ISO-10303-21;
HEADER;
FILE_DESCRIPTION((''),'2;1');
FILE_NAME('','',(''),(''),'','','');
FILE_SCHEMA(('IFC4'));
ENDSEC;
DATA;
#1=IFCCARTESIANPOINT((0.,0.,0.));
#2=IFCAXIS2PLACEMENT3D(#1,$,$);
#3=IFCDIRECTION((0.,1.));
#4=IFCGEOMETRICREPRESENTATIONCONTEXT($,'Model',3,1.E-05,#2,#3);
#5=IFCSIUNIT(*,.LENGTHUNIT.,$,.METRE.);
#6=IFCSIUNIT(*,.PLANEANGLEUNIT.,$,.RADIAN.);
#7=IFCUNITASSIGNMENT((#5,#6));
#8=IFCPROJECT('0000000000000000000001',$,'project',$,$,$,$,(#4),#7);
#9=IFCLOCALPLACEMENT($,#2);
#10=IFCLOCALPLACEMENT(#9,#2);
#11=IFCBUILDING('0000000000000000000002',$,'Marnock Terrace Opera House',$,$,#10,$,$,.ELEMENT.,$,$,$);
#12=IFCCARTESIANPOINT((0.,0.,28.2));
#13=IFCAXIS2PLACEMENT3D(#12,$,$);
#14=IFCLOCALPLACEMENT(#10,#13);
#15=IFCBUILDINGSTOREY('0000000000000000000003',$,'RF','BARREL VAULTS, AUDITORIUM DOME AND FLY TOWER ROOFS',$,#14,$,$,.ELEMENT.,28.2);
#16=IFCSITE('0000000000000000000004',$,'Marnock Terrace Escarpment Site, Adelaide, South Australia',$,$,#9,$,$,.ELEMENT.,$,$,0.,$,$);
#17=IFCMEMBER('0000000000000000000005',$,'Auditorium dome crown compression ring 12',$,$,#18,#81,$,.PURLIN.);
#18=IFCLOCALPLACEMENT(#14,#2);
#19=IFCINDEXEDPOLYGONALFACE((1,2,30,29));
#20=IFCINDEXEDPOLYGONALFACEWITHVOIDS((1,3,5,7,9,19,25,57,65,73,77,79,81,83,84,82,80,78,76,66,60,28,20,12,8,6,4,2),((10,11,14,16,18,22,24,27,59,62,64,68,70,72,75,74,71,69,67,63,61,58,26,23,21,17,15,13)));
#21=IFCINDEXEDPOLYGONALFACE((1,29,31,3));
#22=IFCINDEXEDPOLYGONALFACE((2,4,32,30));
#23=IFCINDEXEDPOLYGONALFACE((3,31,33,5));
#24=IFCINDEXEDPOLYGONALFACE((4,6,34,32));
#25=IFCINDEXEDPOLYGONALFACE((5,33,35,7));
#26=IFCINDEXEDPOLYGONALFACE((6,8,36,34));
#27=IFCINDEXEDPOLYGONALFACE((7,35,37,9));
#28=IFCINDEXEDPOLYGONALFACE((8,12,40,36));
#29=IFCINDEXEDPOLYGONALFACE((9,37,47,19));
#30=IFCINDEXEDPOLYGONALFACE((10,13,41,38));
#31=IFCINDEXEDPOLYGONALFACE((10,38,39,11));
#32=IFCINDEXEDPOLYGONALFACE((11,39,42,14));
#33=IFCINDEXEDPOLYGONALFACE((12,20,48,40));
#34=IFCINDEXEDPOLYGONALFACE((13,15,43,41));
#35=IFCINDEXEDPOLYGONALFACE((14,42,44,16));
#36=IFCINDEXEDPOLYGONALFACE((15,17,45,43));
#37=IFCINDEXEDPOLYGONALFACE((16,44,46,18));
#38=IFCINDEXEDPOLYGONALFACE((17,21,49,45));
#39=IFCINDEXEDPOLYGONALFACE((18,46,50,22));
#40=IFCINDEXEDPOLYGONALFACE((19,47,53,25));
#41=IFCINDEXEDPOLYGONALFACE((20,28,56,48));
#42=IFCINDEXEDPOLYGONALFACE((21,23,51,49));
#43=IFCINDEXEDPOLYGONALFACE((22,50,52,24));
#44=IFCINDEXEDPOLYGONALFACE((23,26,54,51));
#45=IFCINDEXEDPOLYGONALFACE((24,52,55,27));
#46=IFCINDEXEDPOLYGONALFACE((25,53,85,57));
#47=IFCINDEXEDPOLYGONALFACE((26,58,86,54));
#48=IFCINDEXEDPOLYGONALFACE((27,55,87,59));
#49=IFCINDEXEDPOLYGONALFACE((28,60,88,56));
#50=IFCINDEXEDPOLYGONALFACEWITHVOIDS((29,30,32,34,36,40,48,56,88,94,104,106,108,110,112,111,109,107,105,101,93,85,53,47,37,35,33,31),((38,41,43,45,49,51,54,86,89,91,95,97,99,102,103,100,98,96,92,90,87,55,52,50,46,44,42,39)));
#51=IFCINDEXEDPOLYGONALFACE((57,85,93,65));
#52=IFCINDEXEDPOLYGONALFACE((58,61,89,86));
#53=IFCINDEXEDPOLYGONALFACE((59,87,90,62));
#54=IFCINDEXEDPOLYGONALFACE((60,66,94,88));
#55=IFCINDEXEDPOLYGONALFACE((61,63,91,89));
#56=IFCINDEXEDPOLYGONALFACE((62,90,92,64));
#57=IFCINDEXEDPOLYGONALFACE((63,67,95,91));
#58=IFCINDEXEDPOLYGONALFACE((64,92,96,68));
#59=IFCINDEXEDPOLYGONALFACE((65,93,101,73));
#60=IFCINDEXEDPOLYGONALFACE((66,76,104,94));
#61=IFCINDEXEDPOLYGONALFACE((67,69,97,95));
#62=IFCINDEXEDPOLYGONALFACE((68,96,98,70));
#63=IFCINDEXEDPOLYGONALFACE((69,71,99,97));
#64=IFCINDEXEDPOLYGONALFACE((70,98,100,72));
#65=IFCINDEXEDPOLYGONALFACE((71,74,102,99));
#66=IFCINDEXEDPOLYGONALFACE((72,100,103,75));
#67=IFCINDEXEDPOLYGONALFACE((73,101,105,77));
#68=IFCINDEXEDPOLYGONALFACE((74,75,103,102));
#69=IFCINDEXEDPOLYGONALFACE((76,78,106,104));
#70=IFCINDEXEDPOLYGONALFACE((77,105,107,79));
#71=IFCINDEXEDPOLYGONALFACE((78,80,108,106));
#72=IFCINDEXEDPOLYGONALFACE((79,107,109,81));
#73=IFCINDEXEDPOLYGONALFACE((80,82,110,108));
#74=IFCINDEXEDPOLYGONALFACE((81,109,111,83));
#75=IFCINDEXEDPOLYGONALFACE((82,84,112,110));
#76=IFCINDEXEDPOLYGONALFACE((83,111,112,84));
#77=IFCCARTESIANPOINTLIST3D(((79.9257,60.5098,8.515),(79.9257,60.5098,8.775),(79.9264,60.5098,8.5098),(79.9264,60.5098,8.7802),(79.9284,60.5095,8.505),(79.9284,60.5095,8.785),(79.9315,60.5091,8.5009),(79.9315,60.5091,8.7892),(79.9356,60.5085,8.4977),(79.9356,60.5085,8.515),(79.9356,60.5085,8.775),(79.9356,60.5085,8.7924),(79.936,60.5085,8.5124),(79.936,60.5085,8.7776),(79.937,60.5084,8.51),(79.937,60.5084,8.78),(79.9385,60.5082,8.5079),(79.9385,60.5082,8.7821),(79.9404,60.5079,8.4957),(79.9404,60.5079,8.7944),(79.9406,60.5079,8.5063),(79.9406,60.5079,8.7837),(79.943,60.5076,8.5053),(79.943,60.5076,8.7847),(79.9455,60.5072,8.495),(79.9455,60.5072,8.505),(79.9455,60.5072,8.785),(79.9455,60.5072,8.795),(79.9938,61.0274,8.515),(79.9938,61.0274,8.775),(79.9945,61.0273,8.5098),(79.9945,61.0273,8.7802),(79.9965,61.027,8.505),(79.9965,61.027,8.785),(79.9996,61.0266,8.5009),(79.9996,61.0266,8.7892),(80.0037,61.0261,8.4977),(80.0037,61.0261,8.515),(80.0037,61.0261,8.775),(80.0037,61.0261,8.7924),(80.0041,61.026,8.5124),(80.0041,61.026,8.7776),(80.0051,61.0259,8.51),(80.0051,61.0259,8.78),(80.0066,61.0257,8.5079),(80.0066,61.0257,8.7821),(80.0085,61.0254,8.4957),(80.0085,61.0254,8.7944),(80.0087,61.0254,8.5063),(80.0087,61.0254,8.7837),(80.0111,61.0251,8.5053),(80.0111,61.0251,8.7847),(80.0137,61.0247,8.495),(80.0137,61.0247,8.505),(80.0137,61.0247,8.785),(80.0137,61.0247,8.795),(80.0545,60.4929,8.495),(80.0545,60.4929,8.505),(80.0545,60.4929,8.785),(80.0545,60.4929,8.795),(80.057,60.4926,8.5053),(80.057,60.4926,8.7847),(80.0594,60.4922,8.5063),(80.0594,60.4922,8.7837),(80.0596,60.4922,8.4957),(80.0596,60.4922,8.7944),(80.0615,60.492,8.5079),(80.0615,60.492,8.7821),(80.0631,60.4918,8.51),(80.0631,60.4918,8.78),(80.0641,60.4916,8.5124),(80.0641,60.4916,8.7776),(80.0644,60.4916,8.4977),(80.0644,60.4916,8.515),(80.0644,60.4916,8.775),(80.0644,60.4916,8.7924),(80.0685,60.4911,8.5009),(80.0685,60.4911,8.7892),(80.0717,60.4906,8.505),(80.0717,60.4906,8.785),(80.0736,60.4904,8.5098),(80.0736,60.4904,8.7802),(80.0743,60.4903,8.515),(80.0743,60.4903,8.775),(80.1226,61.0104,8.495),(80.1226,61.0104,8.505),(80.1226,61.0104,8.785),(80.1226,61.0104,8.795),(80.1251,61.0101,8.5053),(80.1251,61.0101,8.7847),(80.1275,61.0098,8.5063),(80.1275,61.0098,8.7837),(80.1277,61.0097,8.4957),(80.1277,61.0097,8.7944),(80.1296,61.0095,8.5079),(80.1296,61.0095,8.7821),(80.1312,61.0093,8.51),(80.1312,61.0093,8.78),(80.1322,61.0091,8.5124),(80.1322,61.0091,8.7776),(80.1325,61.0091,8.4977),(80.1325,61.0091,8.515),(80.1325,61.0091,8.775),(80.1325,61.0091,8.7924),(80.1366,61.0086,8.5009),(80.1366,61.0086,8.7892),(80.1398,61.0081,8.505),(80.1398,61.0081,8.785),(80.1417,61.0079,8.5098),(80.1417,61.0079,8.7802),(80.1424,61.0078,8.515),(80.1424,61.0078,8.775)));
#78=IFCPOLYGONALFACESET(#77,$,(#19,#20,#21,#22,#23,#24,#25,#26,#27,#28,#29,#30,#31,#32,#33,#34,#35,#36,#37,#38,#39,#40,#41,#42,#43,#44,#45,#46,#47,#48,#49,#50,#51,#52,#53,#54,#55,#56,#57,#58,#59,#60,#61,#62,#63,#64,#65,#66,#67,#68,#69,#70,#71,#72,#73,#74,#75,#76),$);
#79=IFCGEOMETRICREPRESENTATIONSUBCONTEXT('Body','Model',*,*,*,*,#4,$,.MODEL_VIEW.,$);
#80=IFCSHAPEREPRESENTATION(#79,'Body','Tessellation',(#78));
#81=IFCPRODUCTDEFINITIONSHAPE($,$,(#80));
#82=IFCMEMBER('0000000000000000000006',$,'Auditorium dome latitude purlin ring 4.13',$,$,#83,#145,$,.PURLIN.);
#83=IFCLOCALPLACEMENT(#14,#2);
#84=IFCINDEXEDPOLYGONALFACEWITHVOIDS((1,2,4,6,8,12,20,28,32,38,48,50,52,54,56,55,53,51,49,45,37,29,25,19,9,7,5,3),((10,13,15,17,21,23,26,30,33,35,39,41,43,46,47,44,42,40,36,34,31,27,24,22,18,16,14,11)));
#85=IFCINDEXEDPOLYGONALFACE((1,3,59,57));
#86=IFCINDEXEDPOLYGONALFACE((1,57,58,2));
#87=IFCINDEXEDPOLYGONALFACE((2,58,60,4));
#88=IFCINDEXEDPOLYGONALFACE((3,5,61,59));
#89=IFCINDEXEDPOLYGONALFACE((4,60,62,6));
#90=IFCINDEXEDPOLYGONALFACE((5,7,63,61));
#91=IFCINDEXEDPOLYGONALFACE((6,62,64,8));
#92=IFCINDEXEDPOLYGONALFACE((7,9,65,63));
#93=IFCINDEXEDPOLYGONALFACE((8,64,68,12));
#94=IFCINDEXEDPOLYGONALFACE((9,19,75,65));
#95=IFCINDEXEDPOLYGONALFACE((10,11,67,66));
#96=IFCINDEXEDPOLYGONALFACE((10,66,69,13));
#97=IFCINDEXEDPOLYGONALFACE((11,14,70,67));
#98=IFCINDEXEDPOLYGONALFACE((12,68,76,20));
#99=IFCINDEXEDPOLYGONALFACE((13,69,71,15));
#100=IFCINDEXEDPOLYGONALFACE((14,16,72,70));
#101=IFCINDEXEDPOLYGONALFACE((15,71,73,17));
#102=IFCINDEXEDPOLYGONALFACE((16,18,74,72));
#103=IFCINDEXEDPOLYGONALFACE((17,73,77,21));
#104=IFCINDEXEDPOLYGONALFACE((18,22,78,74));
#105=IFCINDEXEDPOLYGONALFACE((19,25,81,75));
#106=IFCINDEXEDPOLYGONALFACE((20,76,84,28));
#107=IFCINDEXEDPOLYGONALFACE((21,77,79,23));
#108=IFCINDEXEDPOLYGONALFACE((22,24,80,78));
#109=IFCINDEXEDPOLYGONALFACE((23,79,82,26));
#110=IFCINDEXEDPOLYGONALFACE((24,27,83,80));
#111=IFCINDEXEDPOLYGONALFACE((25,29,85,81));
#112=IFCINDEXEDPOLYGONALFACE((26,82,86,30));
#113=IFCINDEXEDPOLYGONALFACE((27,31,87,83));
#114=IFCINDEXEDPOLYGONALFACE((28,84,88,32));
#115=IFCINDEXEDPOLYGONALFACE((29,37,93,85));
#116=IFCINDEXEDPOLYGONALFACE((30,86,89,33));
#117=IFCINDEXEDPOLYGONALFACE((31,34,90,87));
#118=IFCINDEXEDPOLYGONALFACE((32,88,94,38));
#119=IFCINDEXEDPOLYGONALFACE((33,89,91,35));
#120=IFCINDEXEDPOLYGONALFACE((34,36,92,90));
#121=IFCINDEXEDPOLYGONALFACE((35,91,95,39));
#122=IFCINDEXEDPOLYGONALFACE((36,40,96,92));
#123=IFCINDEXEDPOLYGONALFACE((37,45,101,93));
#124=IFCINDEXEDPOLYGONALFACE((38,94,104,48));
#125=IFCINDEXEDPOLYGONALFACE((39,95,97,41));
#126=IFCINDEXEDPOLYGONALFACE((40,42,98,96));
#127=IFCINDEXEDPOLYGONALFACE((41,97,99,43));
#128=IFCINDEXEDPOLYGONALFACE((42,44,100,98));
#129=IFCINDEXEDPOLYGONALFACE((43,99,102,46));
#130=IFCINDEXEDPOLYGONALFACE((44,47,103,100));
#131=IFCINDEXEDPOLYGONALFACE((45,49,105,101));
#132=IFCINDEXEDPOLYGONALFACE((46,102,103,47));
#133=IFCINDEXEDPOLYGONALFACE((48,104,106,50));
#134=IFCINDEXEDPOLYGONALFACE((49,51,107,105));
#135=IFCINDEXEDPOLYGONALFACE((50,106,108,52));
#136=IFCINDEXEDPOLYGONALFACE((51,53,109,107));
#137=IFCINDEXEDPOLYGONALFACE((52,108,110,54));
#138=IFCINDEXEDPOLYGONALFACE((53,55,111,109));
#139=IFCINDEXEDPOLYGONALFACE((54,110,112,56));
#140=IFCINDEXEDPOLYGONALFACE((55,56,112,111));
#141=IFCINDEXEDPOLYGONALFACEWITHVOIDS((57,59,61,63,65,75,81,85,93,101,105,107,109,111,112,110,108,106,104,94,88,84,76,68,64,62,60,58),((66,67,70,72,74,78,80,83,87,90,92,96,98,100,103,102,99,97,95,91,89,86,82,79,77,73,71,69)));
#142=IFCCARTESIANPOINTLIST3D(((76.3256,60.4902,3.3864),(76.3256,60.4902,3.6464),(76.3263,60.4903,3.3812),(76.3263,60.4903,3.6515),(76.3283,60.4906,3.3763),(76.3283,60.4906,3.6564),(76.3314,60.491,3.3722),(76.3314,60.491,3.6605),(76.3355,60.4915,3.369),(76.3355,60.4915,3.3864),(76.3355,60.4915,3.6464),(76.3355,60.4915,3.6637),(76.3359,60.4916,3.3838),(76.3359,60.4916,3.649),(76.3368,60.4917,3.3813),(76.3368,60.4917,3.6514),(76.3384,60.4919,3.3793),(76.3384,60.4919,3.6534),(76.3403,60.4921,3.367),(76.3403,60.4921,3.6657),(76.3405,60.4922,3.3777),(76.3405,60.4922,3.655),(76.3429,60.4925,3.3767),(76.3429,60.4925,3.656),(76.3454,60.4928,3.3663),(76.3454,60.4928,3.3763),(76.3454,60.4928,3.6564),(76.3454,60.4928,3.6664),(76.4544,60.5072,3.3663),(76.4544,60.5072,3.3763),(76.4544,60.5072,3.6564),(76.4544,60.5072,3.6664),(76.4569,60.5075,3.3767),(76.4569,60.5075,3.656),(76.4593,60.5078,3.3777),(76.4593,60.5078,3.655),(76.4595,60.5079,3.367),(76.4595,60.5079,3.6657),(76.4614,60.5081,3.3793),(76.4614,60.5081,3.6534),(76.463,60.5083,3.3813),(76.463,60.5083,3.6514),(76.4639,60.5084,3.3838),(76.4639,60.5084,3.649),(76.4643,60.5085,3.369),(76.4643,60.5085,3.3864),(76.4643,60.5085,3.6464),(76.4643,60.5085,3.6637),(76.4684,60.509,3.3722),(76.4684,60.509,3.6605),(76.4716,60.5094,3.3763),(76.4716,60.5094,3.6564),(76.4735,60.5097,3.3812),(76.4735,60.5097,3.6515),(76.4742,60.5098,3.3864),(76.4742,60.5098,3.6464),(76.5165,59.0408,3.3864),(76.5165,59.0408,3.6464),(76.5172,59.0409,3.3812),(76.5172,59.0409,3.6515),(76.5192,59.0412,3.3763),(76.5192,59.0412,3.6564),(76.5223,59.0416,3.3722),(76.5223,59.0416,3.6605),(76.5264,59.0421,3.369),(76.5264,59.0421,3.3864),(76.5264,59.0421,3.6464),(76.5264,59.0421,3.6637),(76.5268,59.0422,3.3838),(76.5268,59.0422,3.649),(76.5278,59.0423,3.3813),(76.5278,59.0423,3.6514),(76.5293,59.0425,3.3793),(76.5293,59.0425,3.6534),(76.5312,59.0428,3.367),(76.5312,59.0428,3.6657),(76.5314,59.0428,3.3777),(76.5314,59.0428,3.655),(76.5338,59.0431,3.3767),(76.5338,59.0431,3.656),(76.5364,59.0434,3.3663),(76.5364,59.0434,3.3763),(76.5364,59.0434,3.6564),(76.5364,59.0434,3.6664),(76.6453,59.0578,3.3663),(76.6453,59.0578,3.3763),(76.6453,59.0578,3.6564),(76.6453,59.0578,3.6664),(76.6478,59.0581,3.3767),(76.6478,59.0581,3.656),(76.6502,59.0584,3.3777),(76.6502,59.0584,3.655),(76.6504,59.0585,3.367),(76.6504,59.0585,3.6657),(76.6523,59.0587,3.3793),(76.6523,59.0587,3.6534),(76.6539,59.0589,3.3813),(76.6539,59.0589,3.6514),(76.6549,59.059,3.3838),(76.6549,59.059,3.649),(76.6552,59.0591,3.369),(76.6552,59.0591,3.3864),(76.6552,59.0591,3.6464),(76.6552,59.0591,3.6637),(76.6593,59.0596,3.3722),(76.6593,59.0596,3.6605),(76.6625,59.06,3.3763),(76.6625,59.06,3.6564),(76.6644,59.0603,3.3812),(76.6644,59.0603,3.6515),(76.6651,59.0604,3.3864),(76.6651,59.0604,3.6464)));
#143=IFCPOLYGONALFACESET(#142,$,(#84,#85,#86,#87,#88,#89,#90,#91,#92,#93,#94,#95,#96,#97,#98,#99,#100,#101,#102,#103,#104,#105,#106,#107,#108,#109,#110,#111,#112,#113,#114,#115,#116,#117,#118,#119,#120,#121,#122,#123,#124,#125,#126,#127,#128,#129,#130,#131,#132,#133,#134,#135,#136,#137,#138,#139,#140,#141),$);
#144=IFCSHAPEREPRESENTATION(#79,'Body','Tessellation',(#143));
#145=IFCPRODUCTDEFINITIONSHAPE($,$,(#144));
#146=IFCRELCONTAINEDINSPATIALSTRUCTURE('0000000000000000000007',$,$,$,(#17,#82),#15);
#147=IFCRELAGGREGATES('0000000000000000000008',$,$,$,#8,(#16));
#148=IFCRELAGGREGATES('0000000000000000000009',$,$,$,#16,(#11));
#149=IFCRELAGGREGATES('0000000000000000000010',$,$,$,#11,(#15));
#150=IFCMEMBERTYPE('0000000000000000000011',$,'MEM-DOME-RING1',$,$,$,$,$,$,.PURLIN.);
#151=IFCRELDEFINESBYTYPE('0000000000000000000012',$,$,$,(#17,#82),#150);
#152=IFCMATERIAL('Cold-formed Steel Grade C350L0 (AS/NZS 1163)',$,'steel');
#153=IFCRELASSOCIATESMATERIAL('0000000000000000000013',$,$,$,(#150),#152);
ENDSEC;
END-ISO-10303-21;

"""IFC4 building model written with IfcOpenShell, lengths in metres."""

from ifc_helpers import new_model, si_unit, direction, frame, origin, origin_2d, place, context, subcontext, project, spatial, hollow_rectangle, extrude, material, material_profile, profile_set, type_object, element, save


model = new_model("IFC4")

# Units and contexts
model_context = context("Model", 3, precision=1e-05, world=origin(), true_north=direction((0.0, 1.0)))
body_context = subcontext(model_context, "Body", "Model", "MODEL_VIEW")
ifc_project = project(units=[si_unit("LENGTHUNIT", "METRE"), si_unit("PLANEANGLEUNIT", "RADIAN")], contexts=[model_context])

# Site, building, storey
site_placement = place(None, origin())
site = spatial("IfcSite", under=ifc_project, at=site_placement, Name="Marnock Terrace Escarpment Site, Adelaide, South Australia", CompositionType="ELEMENT", RefElevation=0.0)
building_placement = place(site_placement, origin())
building = spatial("IfcBuilding", under=site, at=building_placement, Name="Marnock Terrace Opera House", CompositionType="ELEMENT")
storey_placement = place(building_placement, frame((0.0, 0.0, 28.2)))
storey = spatial("IfcBuildingStorey", under=building, at=storey_placement, Name="RF", Description="BARREL VAULTS, AUDITORIUM DOME AND FLY TOWER ROOFS", CompositionType="ELEMENT", Elevation=28.2)

# Members
ifc_material_1 = material(Name="Cold-formed Steel Grade C350L0 (AS/NZS 1163)", Category="steel")
ifc_material_profile_1 = material_profile(ifc_material_1, hollow_rectangle(XDim=0.1499, YDim=0.3, WallThickness=0.01, InnerFilletRadius=0.01, OuterFilletRadius=0.02, at=origin_2d()))
ifc_profile_set_1 = profile_set([ifc_material_profile_1], Name="Cold-formed Steel Grade C350L0 (AS/NZS 1163)")
member_type_1 = type_object("IfcMemberType", Name="MEM-DOME-RING1", PredefinedType="PURLIN", material=ifc_profile_set_1)
member_1_placement = place(storey_placement, frame((80.0681, 61.0176, 8.645), z_axis=(-0.130479, -0.991451, 0.0), x_axis=(0.991451, -0.130479, 0.0)))
element("IfcMember", 1, at=member_1_placement, inside=storey, type_object=member_type_1, Name="Auditorium dome crown compression ring 12", PredefinedType="PURLIN", context=body_context, shape_type="SweptSolid", body=[
    extrude(hollow_rectangle(XDim=0.1499, YDim=0.3, WallThickness=0.01, InnerFilletRadius=0.01, OuterFilletRadius=0.02, at=origin_2d()), origin(), (0.0, 0.0, 1.0), 0.522),
])
member_2_placement = place(storey_placement, frame((76.3999, 60.5, 3.5164), z_axis=(0.130588, -0.991437, 0.0), x_axis=(0.991437, 0.130588, 0.0)))
element("IfcMember", 2, at=member_2_placement, inside=storey, type_object=member_type_1, Name="Auditorium dome latitude purlin ring 4.13", PredefinedType="PURLIN", context=body_context, shape_type="SweptSolid", body=[
    extrude(hollow_rectangle(XDim=0.1499, YDim=0.3, WallThickness=0.01, InnerFilletRadius=0.01, OuterFilletRadius=0.02, at=origin_2d()), origin(), (0.0, 0.0, 1.0), 1.4619),
])

save(model, "model.ifc")
